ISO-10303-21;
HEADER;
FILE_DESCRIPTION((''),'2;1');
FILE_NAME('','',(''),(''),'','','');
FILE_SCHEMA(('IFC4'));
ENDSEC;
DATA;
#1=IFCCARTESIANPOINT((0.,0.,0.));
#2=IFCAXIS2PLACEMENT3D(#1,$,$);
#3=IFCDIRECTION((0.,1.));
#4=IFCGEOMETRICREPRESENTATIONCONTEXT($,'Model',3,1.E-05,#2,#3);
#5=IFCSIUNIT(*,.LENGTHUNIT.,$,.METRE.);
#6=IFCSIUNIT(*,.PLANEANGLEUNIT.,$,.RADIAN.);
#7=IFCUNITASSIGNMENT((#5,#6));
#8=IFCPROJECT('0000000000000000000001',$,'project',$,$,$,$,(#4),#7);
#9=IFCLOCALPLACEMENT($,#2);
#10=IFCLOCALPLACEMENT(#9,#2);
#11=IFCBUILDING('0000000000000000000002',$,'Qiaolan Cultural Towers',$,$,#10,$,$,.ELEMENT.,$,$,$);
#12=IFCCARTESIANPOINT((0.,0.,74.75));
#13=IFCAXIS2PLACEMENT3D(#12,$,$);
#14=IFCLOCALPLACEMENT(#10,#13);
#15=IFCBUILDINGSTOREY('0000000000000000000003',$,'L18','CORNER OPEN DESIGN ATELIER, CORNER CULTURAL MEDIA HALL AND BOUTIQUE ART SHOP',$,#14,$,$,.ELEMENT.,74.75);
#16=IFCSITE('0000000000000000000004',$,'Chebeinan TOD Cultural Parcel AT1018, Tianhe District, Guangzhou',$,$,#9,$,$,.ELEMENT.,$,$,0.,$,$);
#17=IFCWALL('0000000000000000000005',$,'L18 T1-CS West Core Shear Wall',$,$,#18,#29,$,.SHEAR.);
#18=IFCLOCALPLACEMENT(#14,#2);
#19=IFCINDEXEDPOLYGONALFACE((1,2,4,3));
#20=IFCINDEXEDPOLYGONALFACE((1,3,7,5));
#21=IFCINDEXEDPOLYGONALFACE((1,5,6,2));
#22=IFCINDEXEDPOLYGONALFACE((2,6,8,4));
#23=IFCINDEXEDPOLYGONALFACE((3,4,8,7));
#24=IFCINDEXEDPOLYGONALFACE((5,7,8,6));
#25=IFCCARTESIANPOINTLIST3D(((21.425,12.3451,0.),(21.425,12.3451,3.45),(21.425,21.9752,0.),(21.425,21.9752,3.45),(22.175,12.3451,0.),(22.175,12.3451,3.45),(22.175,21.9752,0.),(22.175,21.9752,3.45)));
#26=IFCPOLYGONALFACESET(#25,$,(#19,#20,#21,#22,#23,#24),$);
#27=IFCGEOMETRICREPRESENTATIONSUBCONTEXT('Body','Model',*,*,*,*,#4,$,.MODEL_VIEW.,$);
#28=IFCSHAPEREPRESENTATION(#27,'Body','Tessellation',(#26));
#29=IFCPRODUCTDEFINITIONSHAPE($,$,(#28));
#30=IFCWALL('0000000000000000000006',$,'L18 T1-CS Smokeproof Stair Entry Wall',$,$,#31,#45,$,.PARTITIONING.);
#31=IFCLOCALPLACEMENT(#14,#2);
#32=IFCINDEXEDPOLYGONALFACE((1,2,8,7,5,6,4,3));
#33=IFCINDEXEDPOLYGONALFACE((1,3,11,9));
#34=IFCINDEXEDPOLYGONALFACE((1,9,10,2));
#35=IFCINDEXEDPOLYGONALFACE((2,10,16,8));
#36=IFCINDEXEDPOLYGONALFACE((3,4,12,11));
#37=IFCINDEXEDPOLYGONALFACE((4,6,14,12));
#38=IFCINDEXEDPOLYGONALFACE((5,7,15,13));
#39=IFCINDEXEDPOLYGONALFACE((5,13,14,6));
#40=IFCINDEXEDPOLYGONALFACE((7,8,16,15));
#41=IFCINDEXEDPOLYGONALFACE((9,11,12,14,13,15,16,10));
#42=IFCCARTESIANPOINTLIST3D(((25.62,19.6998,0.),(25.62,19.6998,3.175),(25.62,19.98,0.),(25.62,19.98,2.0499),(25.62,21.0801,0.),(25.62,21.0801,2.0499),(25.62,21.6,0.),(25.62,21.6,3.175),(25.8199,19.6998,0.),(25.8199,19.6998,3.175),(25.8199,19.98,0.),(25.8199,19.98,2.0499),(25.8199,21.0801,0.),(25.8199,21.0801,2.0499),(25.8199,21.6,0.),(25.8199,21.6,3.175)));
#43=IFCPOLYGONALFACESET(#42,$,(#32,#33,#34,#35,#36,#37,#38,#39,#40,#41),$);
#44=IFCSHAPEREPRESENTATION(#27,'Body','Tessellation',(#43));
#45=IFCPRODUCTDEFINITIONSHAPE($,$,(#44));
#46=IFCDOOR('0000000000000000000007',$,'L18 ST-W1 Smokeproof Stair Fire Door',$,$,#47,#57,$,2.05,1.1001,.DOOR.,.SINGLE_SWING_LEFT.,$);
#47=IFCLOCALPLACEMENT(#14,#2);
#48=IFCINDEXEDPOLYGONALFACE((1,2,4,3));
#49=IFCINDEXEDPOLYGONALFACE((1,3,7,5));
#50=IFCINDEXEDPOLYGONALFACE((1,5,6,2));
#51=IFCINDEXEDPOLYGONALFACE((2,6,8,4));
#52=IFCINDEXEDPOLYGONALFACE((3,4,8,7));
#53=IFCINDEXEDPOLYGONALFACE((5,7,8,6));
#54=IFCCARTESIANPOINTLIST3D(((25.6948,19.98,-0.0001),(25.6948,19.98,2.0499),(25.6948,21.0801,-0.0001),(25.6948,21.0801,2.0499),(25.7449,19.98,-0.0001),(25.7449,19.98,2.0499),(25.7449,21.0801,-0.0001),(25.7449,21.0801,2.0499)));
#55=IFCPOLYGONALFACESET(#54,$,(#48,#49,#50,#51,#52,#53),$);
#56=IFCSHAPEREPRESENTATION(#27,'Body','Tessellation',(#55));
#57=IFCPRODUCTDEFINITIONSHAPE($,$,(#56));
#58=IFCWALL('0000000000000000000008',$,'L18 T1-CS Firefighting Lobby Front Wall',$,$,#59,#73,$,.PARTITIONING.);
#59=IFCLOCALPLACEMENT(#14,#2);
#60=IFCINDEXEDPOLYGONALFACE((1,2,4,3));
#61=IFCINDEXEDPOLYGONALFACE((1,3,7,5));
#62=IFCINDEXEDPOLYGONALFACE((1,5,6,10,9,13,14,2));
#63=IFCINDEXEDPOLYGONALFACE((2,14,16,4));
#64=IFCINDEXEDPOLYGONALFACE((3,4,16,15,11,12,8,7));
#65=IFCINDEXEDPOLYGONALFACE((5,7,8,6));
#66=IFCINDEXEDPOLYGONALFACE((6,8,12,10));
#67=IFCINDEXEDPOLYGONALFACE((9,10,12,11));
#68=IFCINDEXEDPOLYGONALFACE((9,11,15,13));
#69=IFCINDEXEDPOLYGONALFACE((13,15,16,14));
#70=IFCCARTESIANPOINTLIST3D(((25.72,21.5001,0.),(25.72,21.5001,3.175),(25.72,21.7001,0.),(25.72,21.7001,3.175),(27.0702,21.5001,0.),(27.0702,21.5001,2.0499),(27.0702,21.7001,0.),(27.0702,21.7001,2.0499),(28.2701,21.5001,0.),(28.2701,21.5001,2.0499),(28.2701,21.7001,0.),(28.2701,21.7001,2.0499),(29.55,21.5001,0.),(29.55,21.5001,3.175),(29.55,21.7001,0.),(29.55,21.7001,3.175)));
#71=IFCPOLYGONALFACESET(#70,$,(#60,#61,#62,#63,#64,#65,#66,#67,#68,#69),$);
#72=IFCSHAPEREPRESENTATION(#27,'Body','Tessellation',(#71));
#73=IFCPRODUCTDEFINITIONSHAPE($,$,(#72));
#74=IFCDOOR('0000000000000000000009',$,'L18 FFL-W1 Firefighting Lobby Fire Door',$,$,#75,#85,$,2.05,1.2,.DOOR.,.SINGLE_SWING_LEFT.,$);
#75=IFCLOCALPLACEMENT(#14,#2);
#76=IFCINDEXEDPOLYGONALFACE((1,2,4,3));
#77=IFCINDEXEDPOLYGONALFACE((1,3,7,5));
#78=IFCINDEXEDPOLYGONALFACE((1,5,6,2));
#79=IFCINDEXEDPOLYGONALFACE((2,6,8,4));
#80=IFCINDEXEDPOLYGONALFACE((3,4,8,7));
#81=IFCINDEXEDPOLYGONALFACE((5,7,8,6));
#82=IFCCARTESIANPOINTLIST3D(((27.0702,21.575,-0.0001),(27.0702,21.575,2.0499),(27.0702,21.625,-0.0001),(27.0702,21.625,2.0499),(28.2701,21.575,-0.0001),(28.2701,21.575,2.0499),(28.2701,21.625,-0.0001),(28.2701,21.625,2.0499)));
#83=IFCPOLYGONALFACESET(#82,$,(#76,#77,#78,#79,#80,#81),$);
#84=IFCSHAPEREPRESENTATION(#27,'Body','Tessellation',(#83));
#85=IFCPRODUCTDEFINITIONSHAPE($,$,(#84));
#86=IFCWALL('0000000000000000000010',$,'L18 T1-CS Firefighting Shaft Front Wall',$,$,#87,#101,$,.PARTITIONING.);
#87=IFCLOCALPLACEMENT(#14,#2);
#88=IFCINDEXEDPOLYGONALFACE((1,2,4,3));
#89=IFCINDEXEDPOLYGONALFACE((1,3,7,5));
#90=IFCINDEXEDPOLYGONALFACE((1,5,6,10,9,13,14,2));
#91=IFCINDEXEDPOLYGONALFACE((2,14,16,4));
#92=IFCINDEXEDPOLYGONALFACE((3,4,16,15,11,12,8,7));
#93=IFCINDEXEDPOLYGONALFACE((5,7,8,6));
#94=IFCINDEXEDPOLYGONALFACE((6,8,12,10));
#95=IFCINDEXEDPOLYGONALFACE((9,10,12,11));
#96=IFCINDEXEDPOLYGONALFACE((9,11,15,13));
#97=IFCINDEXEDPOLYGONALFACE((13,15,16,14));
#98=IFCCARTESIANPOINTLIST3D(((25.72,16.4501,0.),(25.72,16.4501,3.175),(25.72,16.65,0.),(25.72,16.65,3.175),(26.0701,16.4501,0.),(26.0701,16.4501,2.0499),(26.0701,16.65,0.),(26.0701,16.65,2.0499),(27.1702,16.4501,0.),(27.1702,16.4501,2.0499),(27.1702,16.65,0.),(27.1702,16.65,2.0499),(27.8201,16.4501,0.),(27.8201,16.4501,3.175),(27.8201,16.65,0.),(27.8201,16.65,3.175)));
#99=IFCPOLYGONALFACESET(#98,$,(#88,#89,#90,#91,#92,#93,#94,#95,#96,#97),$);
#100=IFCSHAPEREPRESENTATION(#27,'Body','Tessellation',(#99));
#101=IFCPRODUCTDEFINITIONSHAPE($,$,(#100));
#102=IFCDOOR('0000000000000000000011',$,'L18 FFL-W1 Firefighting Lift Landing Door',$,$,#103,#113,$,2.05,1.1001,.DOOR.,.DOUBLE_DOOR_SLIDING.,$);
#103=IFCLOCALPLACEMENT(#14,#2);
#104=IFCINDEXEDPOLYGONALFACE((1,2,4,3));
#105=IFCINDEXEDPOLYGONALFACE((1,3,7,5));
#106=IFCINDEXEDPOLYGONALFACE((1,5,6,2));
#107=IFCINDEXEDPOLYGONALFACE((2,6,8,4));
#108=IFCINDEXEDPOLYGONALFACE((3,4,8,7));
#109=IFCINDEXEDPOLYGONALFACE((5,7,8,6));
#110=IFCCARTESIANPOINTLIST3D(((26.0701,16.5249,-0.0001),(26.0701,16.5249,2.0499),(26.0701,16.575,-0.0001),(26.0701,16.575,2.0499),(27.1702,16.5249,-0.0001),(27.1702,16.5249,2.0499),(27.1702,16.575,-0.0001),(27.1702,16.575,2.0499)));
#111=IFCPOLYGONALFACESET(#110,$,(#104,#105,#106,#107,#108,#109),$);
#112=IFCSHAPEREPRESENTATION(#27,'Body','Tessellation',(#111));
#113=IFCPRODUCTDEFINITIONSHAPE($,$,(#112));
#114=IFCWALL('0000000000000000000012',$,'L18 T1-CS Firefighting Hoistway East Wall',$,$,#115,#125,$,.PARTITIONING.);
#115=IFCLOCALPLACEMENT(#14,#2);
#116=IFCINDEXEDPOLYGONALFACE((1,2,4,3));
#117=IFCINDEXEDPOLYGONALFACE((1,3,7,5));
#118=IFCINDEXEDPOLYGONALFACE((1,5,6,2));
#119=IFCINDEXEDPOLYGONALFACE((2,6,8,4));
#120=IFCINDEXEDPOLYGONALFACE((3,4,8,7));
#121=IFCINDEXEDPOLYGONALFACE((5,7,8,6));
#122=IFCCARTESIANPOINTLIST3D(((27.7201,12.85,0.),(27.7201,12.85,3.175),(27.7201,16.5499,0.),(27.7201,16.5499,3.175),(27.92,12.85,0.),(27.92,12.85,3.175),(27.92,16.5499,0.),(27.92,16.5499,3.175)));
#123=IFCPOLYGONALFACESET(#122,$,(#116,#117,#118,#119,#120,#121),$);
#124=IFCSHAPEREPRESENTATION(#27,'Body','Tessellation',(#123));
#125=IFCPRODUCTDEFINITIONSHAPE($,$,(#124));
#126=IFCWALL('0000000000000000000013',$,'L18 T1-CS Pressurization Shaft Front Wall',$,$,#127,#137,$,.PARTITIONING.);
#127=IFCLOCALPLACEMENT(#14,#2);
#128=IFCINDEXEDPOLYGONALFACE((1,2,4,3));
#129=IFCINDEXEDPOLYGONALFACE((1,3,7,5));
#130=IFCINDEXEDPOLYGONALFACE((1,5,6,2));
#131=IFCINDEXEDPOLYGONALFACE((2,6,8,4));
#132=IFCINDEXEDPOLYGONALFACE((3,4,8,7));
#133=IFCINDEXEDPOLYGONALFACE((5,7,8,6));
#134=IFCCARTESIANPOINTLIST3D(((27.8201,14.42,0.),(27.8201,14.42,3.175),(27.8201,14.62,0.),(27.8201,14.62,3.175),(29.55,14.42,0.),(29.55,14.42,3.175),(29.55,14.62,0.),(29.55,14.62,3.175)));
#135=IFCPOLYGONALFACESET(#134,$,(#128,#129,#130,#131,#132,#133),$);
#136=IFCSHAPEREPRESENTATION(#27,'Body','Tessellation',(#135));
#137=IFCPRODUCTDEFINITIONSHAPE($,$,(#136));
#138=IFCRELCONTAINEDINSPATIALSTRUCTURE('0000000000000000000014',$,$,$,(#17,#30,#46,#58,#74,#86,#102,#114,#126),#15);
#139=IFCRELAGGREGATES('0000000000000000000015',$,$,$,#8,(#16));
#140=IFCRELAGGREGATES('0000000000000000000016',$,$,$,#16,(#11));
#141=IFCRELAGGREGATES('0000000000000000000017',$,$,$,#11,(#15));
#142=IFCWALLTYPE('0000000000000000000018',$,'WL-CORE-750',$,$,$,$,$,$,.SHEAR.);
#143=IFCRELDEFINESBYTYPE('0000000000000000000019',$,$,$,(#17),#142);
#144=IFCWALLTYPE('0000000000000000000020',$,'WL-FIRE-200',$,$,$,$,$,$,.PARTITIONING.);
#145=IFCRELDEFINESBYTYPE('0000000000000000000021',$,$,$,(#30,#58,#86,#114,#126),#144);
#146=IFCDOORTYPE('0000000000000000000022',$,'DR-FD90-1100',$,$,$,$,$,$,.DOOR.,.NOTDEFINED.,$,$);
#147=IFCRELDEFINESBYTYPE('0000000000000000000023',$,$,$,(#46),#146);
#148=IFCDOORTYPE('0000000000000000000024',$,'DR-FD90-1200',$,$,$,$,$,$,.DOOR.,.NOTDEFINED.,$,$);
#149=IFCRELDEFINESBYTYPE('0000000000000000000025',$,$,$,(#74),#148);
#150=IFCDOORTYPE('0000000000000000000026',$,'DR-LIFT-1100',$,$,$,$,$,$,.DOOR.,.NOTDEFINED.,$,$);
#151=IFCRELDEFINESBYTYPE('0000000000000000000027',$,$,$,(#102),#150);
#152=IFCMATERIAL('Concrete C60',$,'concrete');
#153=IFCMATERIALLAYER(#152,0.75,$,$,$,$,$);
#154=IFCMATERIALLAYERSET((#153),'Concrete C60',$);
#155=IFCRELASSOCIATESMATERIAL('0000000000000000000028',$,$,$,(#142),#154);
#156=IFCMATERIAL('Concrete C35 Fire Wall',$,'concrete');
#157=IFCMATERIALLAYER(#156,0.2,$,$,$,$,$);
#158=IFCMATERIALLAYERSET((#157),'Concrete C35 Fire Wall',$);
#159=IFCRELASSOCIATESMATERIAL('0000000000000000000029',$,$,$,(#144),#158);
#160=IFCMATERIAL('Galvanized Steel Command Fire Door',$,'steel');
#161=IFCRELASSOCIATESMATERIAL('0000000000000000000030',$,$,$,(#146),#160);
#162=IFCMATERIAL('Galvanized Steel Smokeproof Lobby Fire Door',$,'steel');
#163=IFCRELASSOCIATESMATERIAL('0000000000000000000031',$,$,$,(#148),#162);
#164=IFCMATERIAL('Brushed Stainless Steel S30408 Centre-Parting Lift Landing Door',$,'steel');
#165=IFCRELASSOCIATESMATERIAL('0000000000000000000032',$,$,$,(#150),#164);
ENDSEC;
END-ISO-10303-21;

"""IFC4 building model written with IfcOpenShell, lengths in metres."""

from ifc_helpers import new_model, si_unit, direction, frame, frame_2d, origin, place, context, subcontext, project, spatial, rectangle, extrude, material, layer, layer_set, type_object, element, fill, save


model = new_model("IFC4")

# Units and contexts
model_context = context("Model", 3, precision=1e-05, world=origin(), true_north=direction((0.0, 1.0)))
body_context = subcontext(model_context, "Body", "Model", "MODEL_VIEW")
ifc_project = project(units=[si_unit("LENGTHUNIT", "METRE"), si_unit("PLANEANGLEUNIT", "RADIAN")], contexts=[model_context])

# Site, building, storey
site_placement = place(None, origin())
site = spatial("IfcSite", under=ifc_project, at=site_placement, Name="Chebeinan TOD Cultural Parcel AT1018, Tianhe District, Guangzhou", CompositionType="ELEMENT", RefElevation=0.0)
building_placement = place(site_placement, origin())
building = spatial("IfcBuilding", under=site, at=building_placement, Name="Qiaolan Cultural Towers", CompositionType="ELEMENT")
storey_placement = place(building_placement, frame((0.0, 0.0, 74.75)))
storey = spatial("IfcBuildingStorey", under=building, at=storey_placement, Name="L18", Description="CORNER OPEN DESIGN ATELIER, CORNER CULTURAL MEDIA HALL AND BOUTIQUE ART SHOP", CompositionType="ELEMENT", Elevation=74.75)

# Wall
ifc_material_1 = material(Name="Concrete C60", Category="concrete")
ifc_layer_1 = layer(ifc_material_1, 0.75)
ifc_layer_set_1 = layer_set([ifc_layer_1], Name="Concrete C60")
wall_type_1 = type_object("IfcWallType", Name="WL-CORE-750", PredefinedType="SHEAR", material=ifc_layer_set_1)
wall_1_placement = place(storey_placement, frame((21.8, 21.9751, 0.0), z_axis=(0.0, 0.0, 1.0), x_axis=(0.0, -1.0, 0.0)))
element("IfcWall", 1, at=wall_1_placement, inside=storey, type_object=wall_type_1, Name="L18 T1-CS West Core Shear Wall", PredefinedType="SHEAR", context=body_context, shape_type="SweptSolid", body=[
    extrude(rectangle(XDim=9.6301, YDim=0.75, at=frame_2d((4.8149, 0.0))), origin(), (0.0, 0.0, 1.0), 3.45),
])

# Walls, openings, doors
ifc_material_2 = material(Name="Concrete C35 Fire Wall", Category="concrete")
ifc_layer_2 = layer(ifc_material_2, 0.2)
ifc_layer_set_2 = layer_set([ifc_layer_2], Name="Concrete C35 Fire Wall")
wall_type_2 = type_object("IfcWallType", Name="WL-FIRE-200", PredefinedType="PARTITIONING", material=ifc_layer_set_2)
wall_2_placement = place(storey_placement, frame((25.72, 21.6001, 0.0), z_axis=(0.0, 0.0, 1.0), x_axis=(0.0, -1.0, 0.0)))
wall_2 = element("IfcWall", 2, at=wall_2_placement, inside=storey, type_object=wall_type_2, Name="L18 T1-CS Smokeproof Stair Entry Wall", PredefinedType="PARTITIONING", context=body_context, shape_type="SweptSolid", body=[
    extrude(rectangle(XDim=1.9001, YDim=0.2, at=frame_2d((0.9502, 0.0))), origin(), (0.0, 0.0, 1.0), 3.175),
])
opening_1_placement = place(wall_2_placement, frame((0.52, 0.0, 0.0)))
opening_1 = element("IfcOpeningElement", 3, at=opening_1_placement, cuts=wall_2, PredefinedType="OPENING", context=body_context, shape_type="SweptSolid", body=[
    extrude(rectangle(XDim=1.1001, YDim=2.05, at=frame_2d((0.55, 1.0249))), frame((0.0, 0.1099, 0.0), z_axis=(0.0, -1.0, 0.0), x_axis=(1.0, 0.0, 0.0)), (0.0, 0.0, 1.0), 0.22),
])
ifc_material_3 = material(Name="Galvanized Steel Command Fire Door", Category="steel")
door_type_1 = type_object("IfcDoorType", Name="DR-FD90-1100", OperationType="NOTDEFINED", PredefinedType="DOOR", material=ifc_material_3)
door_1_placement = place(opening_1_placement, origin())
door_1 = element("IfcDoor", 4, at=door_1_placement, inside=storey, type_object=door_type_1, Name="L18 ST-W1 Smokeproof Stair Fire Door", OperationType="SINGLE_SWING_LEFT", OverallHeight=2.05, OverallWidth=1.1001, PredefinedType="DOOR", context=body_context, shape_type="SweptSolid", body=[
    extrude(rectangle(XDim=1.1001, YDim=2.05, at=frame_2d((0.55, 1.0249))), frame((0.0, 0.0249, 0.0), z_axis=(0.0, -1.0, 0.0), x_axis=(1.0, 0.0, 0.0)), (0.0, 0.0, 1.0), 0.05),
])
fill(opening_1, door_1)
wall_3_placement = place(storey_placement, frame((25.72, 21.6001, 0.0), z_axis=(0.0, 0.0, 1.0), x_axis=(1.0, 0.0, 0.0)))
wall_3 = element("IfcWall", 5, at=wall_3_placement, inside=storey, type_object=wall_type_2, Name="L18 T1-CS Firefighting Lobby Front Wall", PredefinedType="PARTITIONING", context=body_context, shape_type="SweptSolid", body=[
    extrude(rectangle(XDim=3.8301, YDim=0.2, at=frame_2d((1.915, 0.0))), origin(), (0.0, 0.0, 1.0), 3.175),
])
opening_2_placement = place(wall_3_placement, frame((1.3501, 0.0, 0.0)))
opening_2 = element("IfcOpeningElement", 6, at=opening_2_placement, cuts=wall_3, PredefinedType="OPENING", context=body_context, shape_type="SweptSolid", body=[
    extrude(rectangle(XDim=1.2, YDim=2.05, at=frame_2d((0.6001, 1.0249))), frame((0.0, 0.1099, 0.0), z_axis=(0.0, -1.0, 0.0), x_axis=(1.0, 0.0, 0.0)), (0.0, 0.0, 1.0), 0.22),
])
ifc_material_4 = material(Name="Galvanized Steel Smokeproof Lobby Fire Door", Category="steel")
door_type_2 = type_object("IfcDoorType", Name="DR-FD90-1200", OperationType="NOTDEFINED", PredefinedType="DOOR", material=ifc_material_4)
door_2_placement = place(opening_2_placement, origin())
door_2 = element("IfcDoor", 7, at=door_2_placement, inside=storey, type_object=door_type_2, Name="L18 FFL-W1 Firefighting Lobby Fire Door", OperationType="SINGLE_SWING_LEFT", OverallHeight=2.05, OverallWidth=1.2, PredefinedType="DOOR", context=body_context, shape_type="SweptSolid", body=[
    extrude(rectangle(XDim=1.2, YDim=2.05, at=frame_2d((0.6001, 1.0249))), frame((0.0, 0.0249, 0.0), z_axis=(0.0, -1.0, 0.0), x_axis=(1.0, 0.0, 0.0)), (0.0, 0.0, 1.0), 0.05),
])
fill(opening_2, door_2)
wall_4_placement = place(storey_placement, frame((25.72, 16.55, 0.0), z_axis=(0.0, 0.0, 1.0), x_axis=(1.0, 0.0, 0.0)))
wall_4 = element("IfcWall", 8, at=wall_4_placement, inside=storey, type_object=wall_type_2, Name="L18 T1-CS Firefighting Shaft Front Wall", PredefinedType="PARTITIONING", context=body_context, shape_type="SweptSolid", body=[
    extrude(rectangle(XDim=2.1001, YDim=0.2, at=frame_2d((1.05, 0.0))), origin(), (0.0, 0.0, 1.0), 3.175),
])
opening_3_placement = place(wall_4_placement, frame((0.3501, 0.0, 0.0)))
opening_3 = element("IfcOpeningElement", 9, at=opening_3_placement, cuts=wall_4, PredefinedType="OPENING", context=body_context, shape_type="SweptSolid", body=[
    extrude(rectangle(XDim=1.1001, YDim=2.05, at=frame_2d((0.55, 1.0249))), frame((0.0, 0.1099, 0.0), z_axis=(0.0, -1.0, 0.0), x_axis=(1.0, 0.0, 0.0)), (0.0, 0.0, 1.0), 0.22),
])
ifc_material_5 = material(Name="Brushed Stainless Steel S30408 Centre-Parting Lift Landing Door", Category="steel")
door_type_3 = type_object("IfcDoorType", Name="DR-LIFT-1100", OperationType="NOTDEFINED", PredefinedType="DOOR", material=ifc_material_5)
door_3_placement = place(opening_3_placement, origin())
door_3 = element("IfcDoor", 10, at=door_3_placement, inside=storey, type_object=door_type_3, Name="L18 FFL-W1 Firefighting Lift Landing Door", OperationType="DOUBLE_DOOR_SLIDING", OverallHeight=2.05, OverallWidth=1.1001, PredefinedType="DOOR", context=body_context, shape_type="SweptSolid", body=[
    extrude(rectangle(XDim=1.1001, YDim=2.05, at=frame_2d((0.55, 1.0249))), frame((0.0, 0.0249, 0.0), z_axis=(0.0, -1.0, 0.0), x_axis=(1.0, 0.0, 0.0)), (0.0, 0.0, 1.0), 0.05),
])
fill(opening_3, door_3)

# Walls
wall_5_placement = place(storey_placement, frame((27.8201, 16.55, 0.0), z_axis=(0.0, 0.0, 1.0), x_axis=(0.0, -1.0, 0.0)))
element("IfcWall", 11, at=wall_5_placement, inside=storey, type_object=wall_type_2, Name="L18 T1-CS Firefighting Hoistway East Wall", PredefinedType="PARTITIONING", context=body_context, shape_type="SweptSolid", body=[
    extrude(rectangle(XDim=3.7, YDim=0.2, at=frame_2d((1.8501, 0.0))), origin(), (0.0, 0.0, 1.0), 3.175),
])
wall_6_placement = place(storey_placement, frame((27.8201, 14.52, 0.0), z_axis=(0.0, 0.0, 1.0), x_axis=(1.0, 0.0, 0.0)))
element("IfcWall", 12, at=wall_6_placement, inside=storey, type_object=wall_type_2, Name="L18 T1-CS Pressurization Shaft Front Wall", PredefinedType="PARTITIONING", context=body_context, shape_type="SweptSolid", body=[
    extrude(rectangle(XDim=1.73, YDim=0.2, at=frame_2d((0.865, 0.0))), origin(), (0.0, 0.0, 1.0), 3.175),
])

save(model, "model.ifc")
